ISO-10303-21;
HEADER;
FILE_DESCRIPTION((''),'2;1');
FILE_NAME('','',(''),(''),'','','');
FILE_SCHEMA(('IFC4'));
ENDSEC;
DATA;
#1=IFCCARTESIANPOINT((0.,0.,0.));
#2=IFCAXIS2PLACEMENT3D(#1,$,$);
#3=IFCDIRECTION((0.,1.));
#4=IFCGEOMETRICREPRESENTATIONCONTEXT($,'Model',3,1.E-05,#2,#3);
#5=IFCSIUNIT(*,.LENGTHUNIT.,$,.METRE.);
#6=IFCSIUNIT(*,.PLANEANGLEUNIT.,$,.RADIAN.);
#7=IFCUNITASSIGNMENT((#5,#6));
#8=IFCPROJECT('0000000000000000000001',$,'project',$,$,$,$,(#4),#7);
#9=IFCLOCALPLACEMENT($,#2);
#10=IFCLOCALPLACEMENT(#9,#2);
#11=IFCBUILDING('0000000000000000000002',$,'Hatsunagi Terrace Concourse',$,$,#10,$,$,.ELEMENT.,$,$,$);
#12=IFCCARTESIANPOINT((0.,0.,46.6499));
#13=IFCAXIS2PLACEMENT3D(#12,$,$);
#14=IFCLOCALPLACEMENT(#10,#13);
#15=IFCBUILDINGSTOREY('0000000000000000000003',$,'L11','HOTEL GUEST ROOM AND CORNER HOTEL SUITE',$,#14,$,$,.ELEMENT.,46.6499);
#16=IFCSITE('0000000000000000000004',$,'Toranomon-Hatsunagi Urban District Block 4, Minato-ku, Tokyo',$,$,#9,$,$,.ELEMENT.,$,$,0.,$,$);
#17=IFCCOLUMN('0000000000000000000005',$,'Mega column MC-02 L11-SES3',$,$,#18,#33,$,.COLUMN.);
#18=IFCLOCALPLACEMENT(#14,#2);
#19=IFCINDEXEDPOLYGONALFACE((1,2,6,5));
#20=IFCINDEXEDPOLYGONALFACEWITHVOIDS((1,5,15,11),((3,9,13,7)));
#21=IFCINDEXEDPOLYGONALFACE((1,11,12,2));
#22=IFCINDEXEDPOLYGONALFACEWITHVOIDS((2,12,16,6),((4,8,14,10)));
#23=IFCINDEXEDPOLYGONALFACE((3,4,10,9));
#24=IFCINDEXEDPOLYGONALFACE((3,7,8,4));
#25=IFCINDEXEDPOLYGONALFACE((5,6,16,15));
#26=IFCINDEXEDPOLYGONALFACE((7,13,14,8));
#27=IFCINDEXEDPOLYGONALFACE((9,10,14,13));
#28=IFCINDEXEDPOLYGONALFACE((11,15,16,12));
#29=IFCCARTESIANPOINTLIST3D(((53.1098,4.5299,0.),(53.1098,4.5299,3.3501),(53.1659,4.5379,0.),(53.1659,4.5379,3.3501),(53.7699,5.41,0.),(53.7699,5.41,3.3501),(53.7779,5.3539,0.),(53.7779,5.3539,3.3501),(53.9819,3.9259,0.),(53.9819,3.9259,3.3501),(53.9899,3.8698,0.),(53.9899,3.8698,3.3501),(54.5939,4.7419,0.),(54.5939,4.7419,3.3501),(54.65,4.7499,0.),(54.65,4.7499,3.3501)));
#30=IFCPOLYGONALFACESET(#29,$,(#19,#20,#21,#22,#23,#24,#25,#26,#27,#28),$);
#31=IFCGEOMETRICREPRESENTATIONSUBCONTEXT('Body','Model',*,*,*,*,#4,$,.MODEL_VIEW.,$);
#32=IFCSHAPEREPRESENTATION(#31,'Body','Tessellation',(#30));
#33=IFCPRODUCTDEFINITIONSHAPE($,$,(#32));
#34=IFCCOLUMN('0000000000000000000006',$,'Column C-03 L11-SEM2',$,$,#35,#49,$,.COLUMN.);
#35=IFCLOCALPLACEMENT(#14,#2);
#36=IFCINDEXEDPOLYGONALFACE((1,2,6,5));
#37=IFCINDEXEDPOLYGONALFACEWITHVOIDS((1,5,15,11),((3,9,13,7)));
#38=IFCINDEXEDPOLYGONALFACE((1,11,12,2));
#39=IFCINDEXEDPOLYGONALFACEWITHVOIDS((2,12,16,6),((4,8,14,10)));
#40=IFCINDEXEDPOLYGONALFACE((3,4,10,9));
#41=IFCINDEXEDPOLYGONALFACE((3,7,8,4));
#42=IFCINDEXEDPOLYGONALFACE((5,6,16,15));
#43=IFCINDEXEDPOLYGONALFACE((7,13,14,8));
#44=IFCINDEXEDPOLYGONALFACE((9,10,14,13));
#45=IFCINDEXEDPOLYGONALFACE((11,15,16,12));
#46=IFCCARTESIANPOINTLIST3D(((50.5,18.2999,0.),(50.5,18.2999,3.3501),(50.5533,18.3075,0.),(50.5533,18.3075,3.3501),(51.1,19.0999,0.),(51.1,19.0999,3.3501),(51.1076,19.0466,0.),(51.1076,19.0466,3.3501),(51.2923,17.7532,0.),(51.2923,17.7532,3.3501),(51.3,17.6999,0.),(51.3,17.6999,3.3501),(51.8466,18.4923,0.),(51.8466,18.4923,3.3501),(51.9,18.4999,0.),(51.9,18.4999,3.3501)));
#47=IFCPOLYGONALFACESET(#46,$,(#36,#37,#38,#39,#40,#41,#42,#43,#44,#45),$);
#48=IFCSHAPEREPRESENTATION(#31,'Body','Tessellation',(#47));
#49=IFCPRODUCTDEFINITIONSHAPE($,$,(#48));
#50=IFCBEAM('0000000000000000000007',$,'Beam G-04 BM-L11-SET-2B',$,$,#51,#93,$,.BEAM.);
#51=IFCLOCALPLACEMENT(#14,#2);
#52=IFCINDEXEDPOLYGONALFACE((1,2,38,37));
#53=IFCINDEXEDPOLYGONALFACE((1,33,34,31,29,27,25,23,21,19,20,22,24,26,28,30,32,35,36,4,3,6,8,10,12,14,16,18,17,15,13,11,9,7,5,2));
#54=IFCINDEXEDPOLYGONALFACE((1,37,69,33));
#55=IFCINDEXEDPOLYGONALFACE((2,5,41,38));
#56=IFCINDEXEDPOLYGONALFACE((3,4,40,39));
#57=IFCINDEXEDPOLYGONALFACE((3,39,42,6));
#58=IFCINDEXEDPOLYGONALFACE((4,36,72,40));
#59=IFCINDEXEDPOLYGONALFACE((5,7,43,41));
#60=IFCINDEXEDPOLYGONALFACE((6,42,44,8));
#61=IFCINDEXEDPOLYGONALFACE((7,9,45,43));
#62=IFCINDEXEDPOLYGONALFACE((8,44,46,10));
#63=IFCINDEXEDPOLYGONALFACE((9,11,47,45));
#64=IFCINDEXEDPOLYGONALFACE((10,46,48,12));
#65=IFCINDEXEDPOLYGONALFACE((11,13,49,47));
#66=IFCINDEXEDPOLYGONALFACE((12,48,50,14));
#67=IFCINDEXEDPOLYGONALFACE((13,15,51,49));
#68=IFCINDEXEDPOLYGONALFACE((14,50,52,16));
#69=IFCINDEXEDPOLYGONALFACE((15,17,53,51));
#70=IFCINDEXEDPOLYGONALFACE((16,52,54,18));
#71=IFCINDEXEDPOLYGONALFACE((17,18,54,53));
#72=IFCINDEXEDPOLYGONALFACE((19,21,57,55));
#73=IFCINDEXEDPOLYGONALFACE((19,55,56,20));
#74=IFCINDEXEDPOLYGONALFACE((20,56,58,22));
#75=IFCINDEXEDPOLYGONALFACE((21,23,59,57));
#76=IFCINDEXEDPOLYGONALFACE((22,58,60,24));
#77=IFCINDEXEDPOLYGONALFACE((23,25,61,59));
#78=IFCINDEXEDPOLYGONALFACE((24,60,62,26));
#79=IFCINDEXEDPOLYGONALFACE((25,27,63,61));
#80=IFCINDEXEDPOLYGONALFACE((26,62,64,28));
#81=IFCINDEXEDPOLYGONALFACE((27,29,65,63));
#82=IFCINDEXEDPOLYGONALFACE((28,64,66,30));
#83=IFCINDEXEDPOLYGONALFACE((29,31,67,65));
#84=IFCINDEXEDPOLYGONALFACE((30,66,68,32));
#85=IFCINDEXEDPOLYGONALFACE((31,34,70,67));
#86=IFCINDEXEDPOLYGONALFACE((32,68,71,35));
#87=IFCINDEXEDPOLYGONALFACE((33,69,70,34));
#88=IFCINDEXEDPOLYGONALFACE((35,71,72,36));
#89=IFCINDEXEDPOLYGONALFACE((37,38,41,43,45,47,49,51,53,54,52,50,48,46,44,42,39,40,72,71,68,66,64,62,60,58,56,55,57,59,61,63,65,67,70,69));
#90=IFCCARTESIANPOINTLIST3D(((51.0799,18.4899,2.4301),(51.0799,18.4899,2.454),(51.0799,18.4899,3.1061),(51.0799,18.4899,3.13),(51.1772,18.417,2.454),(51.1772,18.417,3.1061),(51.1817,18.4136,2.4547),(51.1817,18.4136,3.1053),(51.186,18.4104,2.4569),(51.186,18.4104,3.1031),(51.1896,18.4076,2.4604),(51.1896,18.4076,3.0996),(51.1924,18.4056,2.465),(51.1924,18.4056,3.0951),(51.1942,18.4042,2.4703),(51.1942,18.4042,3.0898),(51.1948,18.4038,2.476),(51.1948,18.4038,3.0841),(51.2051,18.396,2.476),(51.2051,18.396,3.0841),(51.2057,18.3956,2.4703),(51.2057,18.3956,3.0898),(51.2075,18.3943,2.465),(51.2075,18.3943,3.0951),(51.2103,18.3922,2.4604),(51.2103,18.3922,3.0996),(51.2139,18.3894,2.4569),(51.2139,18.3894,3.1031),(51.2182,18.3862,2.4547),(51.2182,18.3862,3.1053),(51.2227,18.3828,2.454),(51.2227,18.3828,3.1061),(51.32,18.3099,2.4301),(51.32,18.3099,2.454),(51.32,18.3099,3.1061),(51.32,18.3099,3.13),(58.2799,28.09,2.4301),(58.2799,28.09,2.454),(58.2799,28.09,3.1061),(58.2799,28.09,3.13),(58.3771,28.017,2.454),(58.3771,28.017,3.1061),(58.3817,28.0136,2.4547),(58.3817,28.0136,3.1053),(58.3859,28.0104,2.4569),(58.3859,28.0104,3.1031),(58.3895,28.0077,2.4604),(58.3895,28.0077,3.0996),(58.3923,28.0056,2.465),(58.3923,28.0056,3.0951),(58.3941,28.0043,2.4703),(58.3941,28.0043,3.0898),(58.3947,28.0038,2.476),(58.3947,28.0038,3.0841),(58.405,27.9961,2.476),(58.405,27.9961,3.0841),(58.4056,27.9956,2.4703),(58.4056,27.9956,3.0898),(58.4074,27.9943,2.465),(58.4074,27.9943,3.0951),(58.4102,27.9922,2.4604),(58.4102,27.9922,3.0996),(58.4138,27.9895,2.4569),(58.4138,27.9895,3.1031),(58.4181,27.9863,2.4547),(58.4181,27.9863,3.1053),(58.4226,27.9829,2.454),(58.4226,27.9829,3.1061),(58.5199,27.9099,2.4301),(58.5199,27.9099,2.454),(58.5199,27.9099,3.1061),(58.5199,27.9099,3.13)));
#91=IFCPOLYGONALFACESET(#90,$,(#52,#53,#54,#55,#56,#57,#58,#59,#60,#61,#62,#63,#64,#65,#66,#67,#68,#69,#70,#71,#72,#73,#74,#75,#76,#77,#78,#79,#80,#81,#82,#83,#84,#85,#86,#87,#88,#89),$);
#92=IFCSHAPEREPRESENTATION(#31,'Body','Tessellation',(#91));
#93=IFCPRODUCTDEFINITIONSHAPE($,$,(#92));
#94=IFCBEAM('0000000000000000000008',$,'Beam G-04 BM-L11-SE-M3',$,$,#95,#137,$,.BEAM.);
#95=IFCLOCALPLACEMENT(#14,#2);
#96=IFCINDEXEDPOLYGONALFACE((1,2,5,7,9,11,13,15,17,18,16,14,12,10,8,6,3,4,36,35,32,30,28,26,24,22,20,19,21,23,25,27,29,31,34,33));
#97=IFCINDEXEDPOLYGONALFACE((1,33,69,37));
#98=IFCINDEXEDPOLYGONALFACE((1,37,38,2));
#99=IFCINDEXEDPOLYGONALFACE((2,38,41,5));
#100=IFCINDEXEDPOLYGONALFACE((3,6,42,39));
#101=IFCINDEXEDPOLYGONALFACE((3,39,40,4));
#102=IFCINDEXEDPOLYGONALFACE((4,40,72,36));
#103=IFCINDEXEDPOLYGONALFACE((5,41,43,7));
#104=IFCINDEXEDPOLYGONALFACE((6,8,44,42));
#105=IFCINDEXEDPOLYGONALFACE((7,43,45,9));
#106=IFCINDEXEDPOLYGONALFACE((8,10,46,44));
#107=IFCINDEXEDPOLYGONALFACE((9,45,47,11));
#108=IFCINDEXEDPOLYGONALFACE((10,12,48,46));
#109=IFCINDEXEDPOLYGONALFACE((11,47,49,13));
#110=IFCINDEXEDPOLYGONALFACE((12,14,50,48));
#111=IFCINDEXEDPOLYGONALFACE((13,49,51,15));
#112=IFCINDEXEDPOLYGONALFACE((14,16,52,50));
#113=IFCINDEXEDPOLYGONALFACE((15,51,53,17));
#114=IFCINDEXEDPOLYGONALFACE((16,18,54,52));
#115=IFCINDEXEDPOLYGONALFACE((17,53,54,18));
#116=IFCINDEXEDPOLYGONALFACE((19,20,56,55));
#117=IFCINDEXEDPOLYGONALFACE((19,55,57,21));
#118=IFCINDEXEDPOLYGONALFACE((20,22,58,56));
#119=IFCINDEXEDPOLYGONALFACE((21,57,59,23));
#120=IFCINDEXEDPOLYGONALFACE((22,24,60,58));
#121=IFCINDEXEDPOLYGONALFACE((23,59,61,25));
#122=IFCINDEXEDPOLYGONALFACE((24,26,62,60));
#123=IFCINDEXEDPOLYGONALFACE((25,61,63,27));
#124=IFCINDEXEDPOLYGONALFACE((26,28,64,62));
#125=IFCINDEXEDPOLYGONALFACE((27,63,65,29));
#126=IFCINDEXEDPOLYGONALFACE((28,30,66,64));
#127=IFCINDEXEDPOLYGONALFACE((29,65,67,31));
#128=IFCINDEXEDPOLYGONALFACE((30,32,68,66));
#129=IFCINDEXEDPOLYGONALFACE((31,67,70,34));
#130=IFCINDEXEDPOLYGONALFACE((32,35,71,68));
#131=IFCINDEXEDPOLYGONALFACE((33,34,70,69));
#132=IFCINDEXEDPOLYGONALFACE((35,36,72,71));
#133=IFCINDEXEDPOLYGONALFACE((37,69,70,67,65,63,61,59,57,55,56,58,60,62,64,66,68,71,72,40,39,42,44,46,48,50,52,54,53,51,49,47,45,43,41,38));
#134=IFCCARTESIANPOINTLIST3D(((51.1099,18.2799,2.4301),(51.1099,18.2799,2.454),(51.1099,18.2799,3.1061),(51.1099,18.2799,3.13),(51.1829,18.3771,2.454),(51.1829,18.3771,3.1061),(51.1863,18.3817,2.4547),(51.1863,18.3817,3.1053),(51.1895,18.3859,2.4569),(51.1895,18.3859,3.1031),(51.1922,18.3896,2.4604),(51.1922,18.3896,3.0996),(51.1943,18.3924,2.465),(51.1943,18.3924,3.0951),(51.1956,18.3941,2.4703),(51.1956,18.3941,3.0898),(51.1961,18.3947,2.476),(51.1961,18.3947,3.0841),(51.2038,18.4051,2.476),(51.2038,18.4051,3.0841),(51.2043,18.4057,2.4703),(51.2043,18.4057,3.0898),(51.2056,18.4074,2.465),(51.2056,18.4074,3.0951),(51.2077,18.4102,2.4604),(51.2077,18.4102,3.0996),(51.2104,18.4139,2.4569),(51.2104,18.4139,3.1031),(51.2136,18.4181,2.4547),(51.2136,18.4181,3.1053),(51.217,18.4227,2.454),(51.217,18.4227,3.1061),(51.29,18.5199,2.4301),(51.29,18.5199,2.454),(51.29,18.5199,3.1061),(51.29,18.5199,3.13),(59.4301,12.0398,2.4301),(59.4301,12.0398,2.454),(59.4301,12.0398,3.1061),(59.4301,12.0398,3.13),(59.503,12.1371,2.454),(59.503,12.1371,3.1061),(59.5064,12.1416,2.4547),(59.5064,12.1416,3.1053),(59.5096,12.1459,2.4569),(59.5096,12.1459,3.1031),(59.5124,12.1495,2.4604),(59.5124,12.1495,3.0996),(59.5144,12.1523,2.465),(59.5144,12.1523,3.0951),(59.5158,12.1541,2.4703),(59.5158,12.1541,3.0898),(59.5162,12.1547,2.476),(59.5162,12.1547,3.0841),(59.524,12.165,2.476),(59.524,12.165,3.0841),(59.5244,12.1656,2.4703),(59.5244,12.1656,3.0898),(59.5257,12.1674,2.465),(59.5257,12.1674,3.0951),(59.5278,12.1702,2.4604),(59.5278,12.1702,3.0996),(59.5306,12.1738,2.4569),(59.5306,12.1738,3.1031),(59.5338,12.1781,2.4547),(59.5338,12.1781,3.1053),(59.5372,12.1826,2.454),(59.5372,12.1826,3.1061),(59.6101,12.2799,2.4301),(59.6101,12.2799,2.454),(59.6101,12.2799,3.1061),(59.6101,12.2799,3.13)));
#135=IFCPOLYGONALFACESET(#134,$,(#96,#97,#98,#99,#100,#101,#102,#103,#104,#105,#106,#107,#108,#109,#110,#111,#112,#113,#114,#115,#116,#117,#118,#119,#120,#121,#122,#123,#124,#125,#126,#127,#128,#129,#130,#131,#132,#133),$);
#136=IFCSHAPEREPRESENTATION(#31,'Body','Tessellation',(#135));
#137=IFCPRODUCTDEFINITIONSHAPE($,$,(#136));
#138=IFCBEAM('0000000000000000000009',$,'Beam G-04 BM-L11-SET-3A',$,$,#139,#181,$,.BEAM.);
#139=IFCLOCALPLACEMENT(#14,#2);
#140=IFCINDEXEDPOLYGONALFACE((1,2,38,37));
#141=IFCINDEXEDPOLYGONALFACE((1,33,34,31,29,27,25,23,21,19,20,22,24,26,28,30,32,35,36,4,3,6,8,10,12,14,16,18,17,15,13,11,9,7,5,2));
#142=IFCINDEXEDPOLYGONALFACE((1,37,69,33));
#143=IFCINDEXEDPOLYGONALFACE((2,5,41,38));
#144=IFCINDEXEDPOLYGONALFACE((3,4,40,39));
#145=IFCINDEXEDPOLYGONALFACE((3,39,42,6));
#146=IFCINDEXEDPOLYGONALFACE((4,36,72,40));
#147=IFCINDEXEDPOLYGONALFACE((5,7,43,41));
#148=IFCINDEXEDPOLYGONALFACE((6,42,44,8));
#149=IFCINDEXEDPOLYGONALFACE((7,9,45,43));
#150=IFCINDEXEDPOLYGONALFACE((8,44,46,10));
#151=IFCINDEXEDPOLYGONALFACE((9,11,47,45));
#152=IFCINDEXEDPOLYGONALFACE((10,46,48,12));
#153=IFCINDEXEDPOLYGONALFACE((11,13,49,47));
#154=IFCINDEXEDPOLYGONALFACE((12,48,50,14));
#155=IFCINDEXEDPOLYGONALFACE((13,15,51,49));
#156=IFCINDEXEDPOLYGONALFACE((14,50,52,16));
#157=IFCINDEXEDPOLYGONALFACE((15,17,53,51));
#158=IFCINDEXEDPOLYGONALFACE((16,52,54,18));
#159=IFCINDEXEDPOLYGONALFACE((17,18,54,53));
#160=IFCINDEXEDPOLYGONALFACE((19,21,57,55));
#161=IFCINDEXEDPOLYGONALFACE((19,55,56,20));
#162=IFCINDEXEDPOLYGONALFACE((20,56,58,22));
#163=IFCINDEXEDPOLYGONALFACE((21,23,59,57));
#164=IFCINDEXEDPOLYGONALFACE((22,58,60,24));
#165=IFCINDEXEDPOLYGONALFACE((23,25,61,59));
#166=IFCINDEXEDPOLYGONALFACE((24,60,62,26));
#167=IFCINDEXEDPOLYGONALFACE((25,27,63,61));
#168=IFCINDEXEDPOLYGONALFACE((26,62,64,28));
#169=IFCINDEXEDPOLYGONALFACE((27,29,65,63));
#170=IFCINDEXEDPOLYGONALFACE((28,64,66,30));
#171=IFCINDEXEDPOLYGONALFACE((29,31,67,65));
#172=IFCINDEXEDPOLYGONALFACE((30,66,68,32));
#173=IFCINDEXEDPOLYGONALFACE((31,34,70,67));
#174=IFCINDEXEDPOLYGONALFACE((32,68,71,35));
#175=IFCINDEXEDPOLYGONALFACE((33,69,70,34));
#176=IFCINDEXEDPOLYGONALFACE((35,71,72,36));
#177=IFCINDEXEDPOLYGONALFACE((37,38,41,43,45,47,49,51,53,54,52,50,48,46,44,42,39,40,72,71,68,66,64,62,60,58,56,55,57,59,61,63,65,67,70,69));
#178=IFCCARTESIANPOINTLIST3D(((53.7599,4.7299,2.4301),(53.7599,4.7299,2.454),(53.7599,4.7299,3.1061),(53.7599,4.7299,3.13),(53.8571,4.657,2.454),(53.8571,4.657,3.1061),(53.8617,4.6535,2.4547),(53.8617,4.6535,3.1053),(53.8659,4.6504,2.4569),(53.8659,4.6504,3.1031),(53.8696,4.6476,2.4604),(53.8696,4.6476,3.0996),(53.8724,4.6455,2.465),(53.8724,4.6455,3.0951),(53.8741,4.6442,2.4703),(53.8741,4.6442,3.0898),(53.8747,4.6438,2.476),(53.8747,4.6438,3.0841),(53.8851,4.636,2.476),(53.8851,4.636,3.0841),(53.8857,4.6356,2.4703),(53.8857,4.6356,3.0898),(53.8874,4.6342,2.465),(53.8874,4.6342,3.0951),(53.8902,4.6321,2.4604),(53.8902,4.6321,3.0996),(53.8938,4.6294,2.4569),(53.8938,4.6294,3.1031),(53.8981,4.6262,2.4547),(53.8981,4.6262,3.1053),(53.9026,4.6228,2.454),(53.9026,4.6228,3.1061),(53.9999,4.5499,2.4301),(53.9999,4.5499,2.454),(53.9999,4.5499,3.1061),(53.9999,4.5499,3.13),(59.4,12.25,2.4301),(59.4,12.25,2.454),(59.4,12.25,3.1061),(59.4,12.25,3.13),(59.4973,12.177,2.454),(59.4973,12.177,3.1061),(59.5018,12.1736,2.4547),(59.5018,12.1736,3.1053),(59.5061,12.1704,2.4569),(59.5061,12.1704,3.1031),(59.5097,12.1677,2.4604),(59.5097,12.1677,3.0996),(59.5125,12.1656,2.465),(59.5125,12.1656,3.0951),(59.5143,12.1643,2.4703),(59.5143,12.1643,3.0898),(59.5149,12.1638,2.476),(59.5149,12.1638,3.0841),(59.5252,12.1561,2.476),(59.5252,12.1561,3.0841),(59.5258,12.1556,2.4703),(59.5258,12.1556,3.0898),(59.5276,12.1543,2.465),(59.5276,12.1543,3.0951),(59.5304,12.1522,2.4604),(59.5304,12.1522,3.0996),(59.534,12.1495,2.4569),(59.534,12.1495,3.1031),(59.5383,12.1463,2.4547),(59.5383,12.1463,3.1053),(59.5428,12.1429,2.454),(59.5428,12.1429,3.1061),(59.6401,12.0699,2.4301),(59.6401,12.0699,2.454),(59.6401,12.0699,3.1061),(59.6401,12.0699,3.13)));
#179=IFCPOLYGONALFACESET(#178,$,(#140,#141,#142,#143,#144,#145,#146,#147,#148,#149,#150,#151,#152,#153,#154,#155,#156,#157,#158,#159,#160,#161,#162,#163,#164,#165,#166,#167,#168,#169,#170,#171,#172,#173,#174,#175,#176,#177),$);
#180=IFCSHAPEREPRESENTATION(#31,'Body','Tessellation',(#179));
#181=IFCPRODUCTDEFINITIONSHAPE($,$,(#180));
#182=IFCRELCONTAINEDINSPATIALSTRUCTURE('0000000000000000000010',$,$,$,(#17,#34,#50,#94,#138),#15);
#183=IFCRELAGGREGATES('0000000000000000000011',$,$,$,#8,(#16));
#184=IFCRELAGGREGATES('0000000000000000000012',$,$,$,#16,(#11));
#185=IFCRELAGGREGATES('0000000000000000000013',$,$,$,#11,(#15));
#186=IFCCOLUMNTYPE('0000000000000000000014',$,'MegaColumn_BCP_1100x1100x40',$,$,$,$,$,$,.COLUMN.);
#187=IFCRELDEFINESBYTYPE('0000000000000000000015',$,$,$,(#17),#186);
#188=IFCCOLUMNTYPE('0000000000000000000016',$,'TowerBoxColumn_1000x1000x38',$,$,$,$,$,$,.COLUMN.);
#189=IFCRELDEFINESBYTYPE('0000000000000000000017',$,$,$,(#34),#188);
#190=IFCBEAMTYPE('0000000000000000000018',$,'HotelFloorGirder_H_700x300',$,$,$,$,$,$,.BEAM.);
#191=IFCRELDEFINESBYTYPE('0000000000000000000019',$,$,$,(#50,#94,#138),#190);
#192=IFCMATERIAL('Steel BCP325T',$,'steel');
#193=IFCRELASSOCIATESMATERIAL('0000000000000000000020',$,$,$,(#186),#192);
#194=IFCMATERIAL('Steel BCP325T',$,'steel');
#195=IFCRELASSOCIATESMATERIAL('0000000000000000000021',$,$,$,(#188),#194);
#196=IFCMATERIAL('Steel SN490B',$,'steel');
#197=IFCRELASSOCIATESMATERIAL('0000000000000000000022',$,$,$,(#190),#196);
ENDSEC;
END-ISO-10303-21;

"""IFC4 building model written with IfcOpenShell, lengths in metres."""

from ifc_helpers import new_model, si_unit, direction, frame, origin, origin_2d, place, context, subcontext, project, spatial, hollow_rectangle, i_section, extrude, material, material_profile, profile_set, type_object, element, save


model = new_model("IFC4")

# Units and contexts
model_context = context("Model", 3, precision=1e-05, world=origin(), true_north=direction((0.0, 1.0)))
body_context = subcontext(model_context, "Body", "Model", "MODEL_VIEW")
ifc_project = project(units=[si_unit("LENGTHUNIT", "METRE"), si_unit("PLANEANGLEUNIT", "RADIAN")], contexts=[model_context])

# Site, building, storey
site_placement = place(None, origin())
site = spatial("IfcSite", under=ifc_project, at=site_placement, Name="Toranomon-Hatsunagi Urban District Block 4, Minato-ku, Tokyo", CompositionType="ELEMENT", RefElevation=0.0)
building_placement = place(site_placement, origin())
building = spatial("IfcBuilding", under=site, at=building_placement, Name="Hatsunagi Terrace Concourse", CompositionType="ELEMENT")
storey_placement = place(building_placement, frame((0.0, 0.0, 46.6499)))
storey = spatial("IfcBuildingStorey", under=building, at=storey_placement, Name="L11", Description="HOTEL GUEST ROOM AND CORNER HOTEL SUITE", CompositionType="ELEMENT", Elevation=46.6499)

# Columns
ifc_material_1 = material(Name="Steel BCP325T", Category="steel")
ifc_material_profile_1 = material_profile(ifc_material_1, hollow_rectangle(XDim=1.1001, YDim=1.1001, WallThickness=0.04, at=origin_2d()), Name="BCP-1100x1100x40")
ifc_profile_set_1 = profile_set([ifc_material_profile_1], Name="Steel BCP325T")
column_type_1 = type_object("IfcColumnType", Name="MegaColumn_BCP_1100x1100x40", PredefinedType="COLUMN", material=ifc_profile_set_1)
column_1_placement = place(storey_placement, frame((53.8799, 4.6399, 0.0), z_axis=(0.0, 0.0, 1.0), x_axis=(0.8, -0.6, 0.0)))
element("IfcColumn", 1, at=column_1_placement, inside=storey, type_object=column_type_1, Name="Mega column MC-02 L11-SES3", PredefinedType="COLUMN", context=body_context, shape_type="SweptSolid", body=[
    extrude(hollow_rectangle(XDim=1.1001, YDim=1.1001, WallThickness=0.04, at=origin_2d()), origin(), (0.0, 0.0, 1.0), 3.3501),
])
ifc_material_2 = material(Name="Steel BCP325T", Category="steel")
ifc_material_profile_2 = material_profile(ifc_material_2, hollow_rectangle(XDim=1.0, YDim=1.0, WallThickness=0.0381, at=origin_2d()), Name="BCP-1000x1000x38")
ifc_profile_set_2 = profile_set([ifc_material_profile_2], Name="Steel BCP325T")
column_type_2 = type_object("IfcColumnType", Name="TowerBoxColumn_1000x1000x38", PredefinedType="COLUMN", material=ifc_profile_set_2)
column_2_placement = place(storey_placement, frame((51.2, 18.3999, 0.0), z_axis=(0.0, 0.0, 1.0), x_axis=(0.8, -0.6, 0.0)))
element("IfcColumn", 2, at=column_2_placement, inside=storey, type_object=column_type_2, Name="Column C-03 L11-SEM2", PredefinedType="COLUMN", context=body_context, shape_type="SweptSolid", body=[
    extrude(hollow_rectangle(XDim=1.0, YDim=1.0, WallThickness=0.0381, at=origin_2d()), origin(), (0.0, 0.0, 1.0), 3.3501),
])

# Beams
ifc_material_3 = material(Name="Steel SN490B", Category="steel")
ifc_material_profile_3 = material_profile(ifc_material_3, i_section(OverallWidth=0.3, OverallDepth=0.7, WebThickness=0.0129, FlangeThickness=0.0239, FilletRadius=0.022, at=origin_2d()), Name="H-700x300x13x24")
ifc_profile_set_3 = profile_set([ifc_material_profile_3], Name="Steel SN490B")
beam_type_1 = type_object("IfcBeamType", Name="HotelFloorGirder_H_700x300", PredefinedType="BEAM", material=ifc_profile_set_3)
beam_1_placement = place(storey_placement, frame((51.2, 18.3999, 2.78), z_axis=(0.599993, 0.800005, 0.0), x_axis=(-0.800005, 0.599993, 0.0)))
element("IfcBeam", 3, at=beam_1_placement, inside=storey, type_object=beam_type_1, Name="Beam G-04 BM-L11-SET-2B", PredefinedType="BEAM", context=body_context, shape_type="SweptSolid", body=[
    extrude(i_section(OverallWidth=0.3, OverallDepth=0.7, WebThickness=0.0129, FlangeThickness=0.0239, FilletRadius=0.022, at=origin_2d()), origin(), (0.0, 0.0, 1.0), 12.0),
])
beam_2_placement = place(storey_placement, frame((51.2, 18.3999, 2.78), z_axis=(0.800003, -0.599996, 0.0), x_axis=(0.599996, 0.800003, 0.0)))
element("IfcBeam", 4, at=beam_2_placement, inside=storey, type_object=beam_type_1, Name="Beam G-04 BM-L11-SE-M3", PredefinedType="BEAM", context=body_context, shape_type="SweptSolid", body=[
    extrude(i_section(OverallWidth=0.3, OverallDepth=0.7, WebThickness=0.0129, FlangeThickness=0.0239, FilletRadius=0.022, at=origin_2d()), origin(), (0.0, 0.0, 1.0), 10.4001),
])
beam_3_placement = place(storey_placement, frame((53.8799, 4.6399, 2.78), z_axis=(0.600008, 0.799994, 0.0), x_axis=(-0.799994, 0.600008, 0.0)))
element("IfcBeam", 5, at=beam_3_placement, inside=storey, type_object=beam_type_1, Name="Beam G-04 BM-L11-SET-3A", PredefinedType="BEAM", context=body_context, shape_type="SweptSolid", body=[
    extrude(i_section(OverallWidth=0.3, OverallDepth=0.7, WebThickness=0.0129, FlangeThickness=0.0239, FilletRadius=0.022, at=origin_2d()), origin(), (0.0, 0.0, 1.0), 9.4001),
])

save(model, "model.ifc")
